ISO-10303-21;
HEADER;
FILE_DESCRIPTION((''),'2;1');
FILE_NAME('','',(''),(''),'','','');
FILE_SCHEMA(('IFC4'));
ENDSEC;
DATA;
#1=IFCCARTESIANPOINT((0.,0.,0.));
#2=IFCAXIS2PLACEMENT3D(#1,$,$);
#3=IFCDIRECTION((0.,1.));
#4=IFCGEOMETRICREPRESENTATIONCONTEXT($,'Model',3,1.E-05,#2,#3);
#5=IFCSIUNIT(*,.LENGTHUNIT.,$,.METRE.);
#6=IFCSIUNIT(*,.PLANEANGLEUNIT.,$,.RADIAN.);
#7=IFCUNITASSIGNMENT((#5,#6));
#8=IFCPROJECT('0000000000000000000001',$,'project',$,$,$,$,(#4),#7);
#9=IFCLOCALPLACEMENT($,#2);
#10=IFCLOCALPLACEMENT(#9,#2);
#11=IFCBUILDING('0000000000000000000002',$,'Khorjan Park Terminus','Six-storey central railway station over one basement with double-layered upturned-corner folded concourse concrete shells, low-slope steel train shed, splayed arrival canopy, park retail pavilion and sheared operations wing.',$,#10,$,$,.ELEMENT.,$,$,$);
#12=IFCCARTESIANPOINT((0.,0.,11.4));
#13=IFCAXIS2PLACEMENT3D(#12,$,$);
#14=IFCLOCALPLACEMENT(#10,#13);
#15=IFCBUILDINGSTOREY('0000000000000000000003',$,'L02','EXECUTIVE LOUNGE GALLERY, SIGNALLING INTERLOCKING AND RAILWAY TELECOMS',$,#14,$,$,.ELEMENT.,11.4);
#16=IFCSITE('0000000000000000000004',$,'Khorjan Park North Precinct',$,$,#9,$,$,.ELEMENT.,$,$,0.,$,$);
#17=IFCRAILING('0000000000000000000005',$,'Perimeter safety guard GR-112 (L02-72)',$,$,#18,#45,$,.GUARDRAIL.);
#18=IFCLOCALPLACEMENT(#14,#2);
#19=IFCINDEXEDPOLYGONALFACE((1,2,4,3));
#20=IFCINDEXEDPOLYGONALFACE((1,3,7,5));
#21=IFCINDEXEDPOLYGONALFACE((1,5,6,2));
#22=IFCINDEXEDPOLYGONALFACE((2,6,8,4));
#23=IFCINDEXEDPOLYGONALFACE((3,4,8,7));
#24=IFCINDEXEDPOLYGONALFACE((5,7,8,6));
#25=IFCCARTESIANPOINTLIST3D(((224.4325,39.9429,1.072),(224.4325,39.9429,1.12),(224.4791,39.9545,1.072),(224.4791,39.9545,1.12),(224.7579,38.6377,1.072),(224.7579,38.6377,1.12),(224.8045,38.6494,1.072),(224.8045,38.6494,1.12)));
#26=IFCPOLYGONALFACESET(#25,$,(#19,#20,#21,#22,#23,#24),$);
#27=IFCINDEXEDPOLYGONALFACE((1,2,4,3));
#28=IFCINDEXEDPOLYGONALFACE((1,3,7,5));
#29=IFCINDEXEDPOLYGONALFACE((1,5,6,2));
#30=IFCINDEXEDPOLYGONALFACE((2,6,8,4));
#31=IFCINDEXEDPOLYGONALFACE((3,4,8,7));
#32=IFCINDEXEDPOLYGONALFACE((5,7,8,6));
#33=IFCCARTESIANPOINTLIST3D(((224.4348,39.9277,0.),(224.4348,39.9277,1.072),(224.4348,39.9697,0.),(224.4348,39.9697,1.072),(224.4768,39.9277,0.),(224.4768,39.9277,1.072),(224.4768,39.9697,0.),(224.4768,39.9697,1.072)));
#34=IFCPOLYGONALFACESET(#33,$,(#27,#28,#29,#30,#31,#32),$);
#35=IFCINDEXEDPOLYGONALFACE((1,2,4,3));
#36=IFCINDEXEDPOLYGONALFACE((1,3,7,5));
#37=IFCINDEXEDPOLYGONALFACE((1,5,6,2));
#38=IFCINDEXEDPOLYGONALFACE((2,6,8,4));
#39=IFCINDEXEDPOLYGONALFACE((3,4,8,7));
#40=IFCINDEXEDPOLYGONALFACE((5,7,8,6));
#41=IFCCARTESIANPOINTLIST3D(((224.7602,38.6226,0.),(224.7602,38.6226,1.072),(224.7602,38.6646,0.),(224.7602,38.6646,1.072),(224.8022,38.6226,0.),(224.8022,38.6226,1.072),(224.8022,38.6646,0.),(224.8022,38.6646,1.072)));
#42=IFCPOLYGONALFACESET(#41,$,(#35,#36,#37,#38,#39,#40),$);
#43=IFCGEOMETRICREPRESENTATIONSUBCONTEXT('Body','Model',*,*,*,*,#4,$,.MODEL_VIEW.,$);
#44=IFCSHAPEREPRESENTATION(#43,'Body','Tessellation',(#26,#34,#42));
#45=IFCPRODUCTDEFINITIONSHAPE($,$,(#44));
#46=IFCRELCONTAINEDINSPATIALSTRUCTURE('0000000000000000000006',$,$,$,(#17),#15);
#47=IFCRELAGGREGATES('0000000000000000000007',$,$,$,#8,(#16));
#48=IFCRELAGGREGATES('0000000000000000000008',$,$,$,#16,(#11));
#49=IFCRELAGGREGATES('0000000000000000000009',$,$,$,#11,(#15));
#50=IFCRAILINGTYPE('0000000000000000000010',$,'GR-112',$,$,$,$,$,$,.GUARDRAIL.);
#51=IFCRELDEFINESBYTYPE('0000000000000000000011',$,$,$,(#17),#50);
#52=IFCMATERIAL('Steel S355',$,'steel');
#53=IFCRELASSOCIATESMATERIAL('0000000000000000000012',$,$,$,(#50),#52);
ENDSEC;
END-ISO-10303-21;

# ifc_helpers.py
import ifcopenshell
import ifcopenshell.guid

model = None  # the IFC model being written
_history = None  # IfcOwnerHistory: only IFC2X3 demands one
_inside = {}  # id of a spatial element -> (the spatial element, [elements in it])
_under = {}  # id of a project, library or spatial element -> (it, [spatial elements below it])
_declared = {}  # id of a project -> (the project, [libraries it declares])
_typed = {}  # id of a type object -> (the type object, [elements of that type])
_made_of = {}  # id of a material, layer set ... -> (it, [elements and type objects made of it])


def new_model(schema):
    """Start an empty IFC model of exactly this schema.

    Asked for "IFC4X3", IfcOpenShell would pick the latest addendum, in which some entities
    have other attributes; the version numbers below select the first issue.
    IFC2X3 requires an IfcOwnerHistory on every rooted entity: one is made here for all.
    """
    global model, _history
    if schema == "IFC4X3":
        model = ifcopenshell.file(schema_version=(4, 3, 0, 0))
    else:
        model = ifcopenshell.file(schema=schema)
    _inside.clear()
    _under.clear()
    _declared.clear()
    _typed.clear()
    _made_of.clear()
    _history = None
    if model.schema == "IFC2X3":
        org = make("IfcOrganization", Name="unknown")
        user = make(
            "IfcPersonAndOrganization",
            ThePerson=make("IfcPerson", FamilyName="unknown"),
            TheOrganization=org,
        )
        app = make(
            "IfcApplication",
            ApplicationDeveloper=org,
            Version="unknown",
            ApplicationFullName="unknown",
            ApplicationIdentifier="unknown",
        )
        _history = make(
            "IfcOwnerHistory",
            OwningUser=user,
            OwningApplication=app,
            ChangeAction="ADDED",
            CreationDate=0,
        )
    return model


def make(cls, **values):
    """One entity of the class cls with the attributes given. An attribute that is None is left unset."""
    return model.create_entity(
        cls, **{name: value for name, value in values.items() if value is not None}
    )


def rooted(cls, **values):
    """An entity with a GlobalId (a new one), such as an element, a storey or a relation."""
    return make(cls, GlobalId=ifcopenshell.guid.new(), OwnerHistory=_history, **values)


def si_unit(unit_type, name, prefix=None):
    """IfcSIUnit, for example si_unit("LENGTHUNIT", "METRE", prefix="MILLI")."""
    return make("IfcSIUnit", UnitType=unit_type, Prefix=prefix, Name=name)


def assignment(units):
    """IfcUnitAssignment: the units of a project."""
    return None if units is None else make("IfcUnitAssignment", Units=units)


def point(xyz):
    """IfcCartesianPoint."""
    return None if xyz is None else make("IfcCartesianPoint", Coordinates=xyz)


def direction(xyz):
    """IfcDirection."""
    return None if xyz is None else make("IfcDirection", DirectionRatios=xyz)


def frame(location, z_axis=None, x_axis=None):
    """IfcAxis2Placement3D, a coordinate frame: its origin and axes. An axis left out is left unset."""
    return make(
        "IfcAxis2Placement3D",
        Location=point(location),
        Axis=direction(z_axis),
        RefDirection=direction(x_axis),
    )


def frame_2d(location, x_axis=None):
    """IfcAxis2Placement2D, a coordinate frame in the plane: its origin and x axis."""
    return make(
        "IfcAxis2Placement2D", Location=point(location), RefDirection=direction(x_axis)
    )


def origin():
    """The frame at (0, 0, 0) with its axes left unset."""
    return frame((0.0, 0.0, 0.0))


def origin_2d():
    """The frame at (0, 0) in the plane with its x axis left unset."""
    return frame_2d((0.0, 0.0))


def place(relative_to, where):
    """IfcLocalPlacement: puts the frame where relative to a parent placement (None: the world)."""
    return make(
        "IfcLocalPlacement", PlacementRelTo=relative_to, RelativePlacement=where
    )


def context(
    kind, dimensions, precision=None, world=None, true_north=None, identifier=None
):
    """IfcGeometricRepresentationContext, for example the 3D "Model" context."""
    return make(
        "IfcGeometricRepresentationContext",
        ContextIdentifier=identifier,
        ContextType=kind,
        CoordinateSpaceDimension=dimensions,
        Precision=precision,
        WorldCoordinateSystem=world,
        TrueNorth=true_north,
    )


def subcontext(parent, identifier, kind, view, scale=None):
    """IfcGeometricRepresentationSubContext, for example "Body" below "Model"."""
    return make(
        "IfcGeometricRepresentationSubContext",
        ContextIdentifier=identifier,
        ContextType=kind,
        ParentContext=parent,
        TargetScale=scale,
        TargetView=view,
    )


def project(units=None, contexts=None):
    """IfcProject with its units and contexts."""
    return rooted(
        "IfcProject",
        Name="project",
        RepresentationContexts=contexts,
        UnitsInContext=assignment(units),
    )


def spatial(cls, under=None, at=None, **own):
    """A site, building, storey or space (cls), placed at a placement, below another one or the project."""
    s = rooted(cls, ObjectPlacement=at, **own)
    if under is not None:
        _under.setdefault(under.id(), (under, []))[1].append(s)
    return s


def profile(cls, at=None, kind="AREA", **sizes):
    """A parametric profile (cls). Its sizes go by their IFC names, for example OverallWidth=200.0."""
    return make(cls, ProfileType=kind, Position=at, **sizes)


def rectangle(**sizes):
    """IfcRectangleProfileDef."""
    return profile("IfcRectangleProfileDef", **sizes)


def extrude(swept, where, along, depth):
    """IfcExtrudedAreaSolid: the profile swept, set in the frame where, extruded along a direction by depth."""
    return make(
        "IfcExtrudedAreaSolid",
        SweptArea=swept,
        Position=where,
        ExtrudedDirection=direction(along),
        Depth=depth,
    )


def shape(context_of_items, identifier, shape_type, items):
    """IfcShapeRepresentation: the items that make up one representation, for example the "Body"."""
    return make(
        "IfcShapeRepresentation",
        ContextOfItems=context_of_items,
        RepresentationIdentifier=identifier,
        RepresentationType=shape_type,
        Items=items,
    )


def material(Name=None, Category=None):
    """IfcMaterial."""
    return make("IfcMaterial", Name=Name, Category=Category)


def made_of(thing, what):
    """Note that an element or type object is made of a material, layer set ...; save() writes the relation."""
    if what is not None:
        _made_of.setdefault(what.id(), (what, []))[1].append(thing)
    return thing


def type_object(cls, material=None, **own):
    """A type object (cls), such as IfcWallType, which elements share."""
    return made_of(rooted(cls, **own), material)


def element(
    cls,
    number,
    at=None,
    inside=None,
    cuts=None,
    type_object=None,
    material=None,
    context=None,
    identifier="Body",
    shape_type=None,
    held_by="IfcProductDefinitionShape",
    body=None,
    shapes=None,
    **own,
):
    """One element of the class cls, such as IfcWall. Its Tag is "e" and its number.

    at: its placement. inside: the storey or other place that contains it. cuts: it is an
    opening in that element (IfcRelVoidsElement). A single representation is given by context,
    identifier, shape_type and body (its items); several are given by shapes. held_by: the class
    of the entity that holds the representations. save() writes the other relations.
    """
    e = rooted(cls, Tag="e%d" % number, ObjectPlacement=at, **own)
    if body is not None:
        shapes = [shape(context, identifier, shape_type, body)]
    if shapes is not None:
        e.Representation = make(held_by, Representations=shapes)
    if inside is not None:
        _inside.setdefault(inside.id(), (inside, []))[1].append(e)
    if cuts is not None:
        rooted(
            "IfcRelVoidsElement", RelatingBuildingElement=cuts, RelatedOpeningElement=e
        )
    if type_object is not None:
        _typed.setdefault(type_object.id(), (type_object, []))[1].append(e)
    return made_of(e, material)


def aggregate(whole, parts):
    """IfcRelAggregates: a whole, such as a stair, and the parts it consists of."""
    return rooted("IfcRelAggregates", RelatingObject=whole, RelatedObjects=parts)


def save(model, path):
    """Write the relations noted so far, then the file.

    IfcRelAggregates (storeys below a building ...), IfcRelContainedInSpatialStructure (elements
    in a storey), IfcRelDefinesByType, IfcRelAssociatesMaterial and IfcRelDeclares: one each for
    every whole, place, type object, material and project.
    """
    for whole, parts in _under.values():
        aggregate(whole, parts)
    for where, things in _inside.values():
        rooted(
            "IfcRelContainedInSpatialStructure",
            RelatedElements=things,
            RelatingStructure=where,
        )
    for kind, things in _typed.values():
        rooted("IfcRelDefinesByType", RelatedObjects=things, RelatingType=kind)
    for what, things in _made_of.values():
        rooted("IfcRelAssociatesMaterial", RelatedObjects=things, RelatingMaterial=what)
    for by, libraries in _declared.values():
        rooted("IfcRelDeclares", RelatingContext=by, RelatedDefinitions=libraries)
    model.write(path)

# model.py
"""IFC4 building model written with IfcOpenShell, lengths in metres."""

from ifc_helpers import new_model, si_unit, direction, frame, origin, origin_2d, place, context, subcontext, project, spatial, rectangle, extrude, material, type_object, element, save


model = new_model("IFC4")

# Units and contexts
model_context = context("Model", 3, precision=1e-05, world=origin(), true_north=direction((0.0, 1.0)))
body_context = subcontext(model_context, "Body", "Model", "MODEL_VIEW")
ifc_project = project(units=[si_unit("LENGTHUNIT", "METRE"), si_unit("PLANEANGLEUNIT", "RADIAN")], contexts=[model_context])

# Site, building, storey
site_placement = place(None, origin())
site = spatial("IfcSite", under=ifc_project, at=site_placement, Name="Khorjan Park North Precinct", CompositionType="ELEMENT", RefElevation=0.0)
building_placement = place(site_placement, origin())
building = spatial("IfcBuilding", under=site, at=building_placement, Name="Khorjan Park Terminus", Description="Six-storey central railway station over one basement with double-layered upturned-corner folded concourse concrete shells, low-slope steel train shed, splayed arrival canopy, park retail pavilion and sheared operations wing.", CompositionType="ELEMENT")
storey_placement = place(building_placement, frame((0.0, 0.0, 11.4)))
storey = spatial("IfcBuildingStorey", under=building, at=storey_placement, Name="L02", Description="EXECUTIVE LOUNGE GALLERY, SIGNALLING INTERLOCKING AND RAILWAY TELECOMS", CompositionType="ELEMENT", Elevation=11.4)

# Shared definitions
ifc_material_1 = material(Name="Steel S355", Category="steel")

# Railing
railing_type = type_object("IfcRailingType", Name="GR-112", PredefinedType="GUARDRAIL", material=ifc_material_1)
railing_1_placement = place(storey_placement, frame((224.4558, 39.9487, 0.0)))
element("IfcRailing", 1, at=railing_1_placement, inside=storey, type_object=railing_type, Name="Perimeter safety guard GR-112 (L02-72)", PredefinedType="GUARDRAIL", context=body_context, shape_type="SweptSolid", body=[
    extrude(rectangle(XDim=0.048, YDim=0.048, at=origin_2d()), frame((0.0, 0.0, 1.096), z_axis=(0.241923, -0.970295, 0.0), x_axis=(0.970295, 0.241923, 0.0)), (0.0, 0.0, 1.0), 1.3451),
    extrude(rectangle(XDim=0.042, YDim=0.042, at=origin_2d()), origin(), (0.0, 0.0, 1.0), 1.072),
    extrude(rectangle(XDim=0.042, YDim=0.042, at=origin_2d()), frame((0.3254, -1.3051, 0.0)), (0.0, 0.0, 1.0), 1.072),
])

save(model, "model.ifc")
